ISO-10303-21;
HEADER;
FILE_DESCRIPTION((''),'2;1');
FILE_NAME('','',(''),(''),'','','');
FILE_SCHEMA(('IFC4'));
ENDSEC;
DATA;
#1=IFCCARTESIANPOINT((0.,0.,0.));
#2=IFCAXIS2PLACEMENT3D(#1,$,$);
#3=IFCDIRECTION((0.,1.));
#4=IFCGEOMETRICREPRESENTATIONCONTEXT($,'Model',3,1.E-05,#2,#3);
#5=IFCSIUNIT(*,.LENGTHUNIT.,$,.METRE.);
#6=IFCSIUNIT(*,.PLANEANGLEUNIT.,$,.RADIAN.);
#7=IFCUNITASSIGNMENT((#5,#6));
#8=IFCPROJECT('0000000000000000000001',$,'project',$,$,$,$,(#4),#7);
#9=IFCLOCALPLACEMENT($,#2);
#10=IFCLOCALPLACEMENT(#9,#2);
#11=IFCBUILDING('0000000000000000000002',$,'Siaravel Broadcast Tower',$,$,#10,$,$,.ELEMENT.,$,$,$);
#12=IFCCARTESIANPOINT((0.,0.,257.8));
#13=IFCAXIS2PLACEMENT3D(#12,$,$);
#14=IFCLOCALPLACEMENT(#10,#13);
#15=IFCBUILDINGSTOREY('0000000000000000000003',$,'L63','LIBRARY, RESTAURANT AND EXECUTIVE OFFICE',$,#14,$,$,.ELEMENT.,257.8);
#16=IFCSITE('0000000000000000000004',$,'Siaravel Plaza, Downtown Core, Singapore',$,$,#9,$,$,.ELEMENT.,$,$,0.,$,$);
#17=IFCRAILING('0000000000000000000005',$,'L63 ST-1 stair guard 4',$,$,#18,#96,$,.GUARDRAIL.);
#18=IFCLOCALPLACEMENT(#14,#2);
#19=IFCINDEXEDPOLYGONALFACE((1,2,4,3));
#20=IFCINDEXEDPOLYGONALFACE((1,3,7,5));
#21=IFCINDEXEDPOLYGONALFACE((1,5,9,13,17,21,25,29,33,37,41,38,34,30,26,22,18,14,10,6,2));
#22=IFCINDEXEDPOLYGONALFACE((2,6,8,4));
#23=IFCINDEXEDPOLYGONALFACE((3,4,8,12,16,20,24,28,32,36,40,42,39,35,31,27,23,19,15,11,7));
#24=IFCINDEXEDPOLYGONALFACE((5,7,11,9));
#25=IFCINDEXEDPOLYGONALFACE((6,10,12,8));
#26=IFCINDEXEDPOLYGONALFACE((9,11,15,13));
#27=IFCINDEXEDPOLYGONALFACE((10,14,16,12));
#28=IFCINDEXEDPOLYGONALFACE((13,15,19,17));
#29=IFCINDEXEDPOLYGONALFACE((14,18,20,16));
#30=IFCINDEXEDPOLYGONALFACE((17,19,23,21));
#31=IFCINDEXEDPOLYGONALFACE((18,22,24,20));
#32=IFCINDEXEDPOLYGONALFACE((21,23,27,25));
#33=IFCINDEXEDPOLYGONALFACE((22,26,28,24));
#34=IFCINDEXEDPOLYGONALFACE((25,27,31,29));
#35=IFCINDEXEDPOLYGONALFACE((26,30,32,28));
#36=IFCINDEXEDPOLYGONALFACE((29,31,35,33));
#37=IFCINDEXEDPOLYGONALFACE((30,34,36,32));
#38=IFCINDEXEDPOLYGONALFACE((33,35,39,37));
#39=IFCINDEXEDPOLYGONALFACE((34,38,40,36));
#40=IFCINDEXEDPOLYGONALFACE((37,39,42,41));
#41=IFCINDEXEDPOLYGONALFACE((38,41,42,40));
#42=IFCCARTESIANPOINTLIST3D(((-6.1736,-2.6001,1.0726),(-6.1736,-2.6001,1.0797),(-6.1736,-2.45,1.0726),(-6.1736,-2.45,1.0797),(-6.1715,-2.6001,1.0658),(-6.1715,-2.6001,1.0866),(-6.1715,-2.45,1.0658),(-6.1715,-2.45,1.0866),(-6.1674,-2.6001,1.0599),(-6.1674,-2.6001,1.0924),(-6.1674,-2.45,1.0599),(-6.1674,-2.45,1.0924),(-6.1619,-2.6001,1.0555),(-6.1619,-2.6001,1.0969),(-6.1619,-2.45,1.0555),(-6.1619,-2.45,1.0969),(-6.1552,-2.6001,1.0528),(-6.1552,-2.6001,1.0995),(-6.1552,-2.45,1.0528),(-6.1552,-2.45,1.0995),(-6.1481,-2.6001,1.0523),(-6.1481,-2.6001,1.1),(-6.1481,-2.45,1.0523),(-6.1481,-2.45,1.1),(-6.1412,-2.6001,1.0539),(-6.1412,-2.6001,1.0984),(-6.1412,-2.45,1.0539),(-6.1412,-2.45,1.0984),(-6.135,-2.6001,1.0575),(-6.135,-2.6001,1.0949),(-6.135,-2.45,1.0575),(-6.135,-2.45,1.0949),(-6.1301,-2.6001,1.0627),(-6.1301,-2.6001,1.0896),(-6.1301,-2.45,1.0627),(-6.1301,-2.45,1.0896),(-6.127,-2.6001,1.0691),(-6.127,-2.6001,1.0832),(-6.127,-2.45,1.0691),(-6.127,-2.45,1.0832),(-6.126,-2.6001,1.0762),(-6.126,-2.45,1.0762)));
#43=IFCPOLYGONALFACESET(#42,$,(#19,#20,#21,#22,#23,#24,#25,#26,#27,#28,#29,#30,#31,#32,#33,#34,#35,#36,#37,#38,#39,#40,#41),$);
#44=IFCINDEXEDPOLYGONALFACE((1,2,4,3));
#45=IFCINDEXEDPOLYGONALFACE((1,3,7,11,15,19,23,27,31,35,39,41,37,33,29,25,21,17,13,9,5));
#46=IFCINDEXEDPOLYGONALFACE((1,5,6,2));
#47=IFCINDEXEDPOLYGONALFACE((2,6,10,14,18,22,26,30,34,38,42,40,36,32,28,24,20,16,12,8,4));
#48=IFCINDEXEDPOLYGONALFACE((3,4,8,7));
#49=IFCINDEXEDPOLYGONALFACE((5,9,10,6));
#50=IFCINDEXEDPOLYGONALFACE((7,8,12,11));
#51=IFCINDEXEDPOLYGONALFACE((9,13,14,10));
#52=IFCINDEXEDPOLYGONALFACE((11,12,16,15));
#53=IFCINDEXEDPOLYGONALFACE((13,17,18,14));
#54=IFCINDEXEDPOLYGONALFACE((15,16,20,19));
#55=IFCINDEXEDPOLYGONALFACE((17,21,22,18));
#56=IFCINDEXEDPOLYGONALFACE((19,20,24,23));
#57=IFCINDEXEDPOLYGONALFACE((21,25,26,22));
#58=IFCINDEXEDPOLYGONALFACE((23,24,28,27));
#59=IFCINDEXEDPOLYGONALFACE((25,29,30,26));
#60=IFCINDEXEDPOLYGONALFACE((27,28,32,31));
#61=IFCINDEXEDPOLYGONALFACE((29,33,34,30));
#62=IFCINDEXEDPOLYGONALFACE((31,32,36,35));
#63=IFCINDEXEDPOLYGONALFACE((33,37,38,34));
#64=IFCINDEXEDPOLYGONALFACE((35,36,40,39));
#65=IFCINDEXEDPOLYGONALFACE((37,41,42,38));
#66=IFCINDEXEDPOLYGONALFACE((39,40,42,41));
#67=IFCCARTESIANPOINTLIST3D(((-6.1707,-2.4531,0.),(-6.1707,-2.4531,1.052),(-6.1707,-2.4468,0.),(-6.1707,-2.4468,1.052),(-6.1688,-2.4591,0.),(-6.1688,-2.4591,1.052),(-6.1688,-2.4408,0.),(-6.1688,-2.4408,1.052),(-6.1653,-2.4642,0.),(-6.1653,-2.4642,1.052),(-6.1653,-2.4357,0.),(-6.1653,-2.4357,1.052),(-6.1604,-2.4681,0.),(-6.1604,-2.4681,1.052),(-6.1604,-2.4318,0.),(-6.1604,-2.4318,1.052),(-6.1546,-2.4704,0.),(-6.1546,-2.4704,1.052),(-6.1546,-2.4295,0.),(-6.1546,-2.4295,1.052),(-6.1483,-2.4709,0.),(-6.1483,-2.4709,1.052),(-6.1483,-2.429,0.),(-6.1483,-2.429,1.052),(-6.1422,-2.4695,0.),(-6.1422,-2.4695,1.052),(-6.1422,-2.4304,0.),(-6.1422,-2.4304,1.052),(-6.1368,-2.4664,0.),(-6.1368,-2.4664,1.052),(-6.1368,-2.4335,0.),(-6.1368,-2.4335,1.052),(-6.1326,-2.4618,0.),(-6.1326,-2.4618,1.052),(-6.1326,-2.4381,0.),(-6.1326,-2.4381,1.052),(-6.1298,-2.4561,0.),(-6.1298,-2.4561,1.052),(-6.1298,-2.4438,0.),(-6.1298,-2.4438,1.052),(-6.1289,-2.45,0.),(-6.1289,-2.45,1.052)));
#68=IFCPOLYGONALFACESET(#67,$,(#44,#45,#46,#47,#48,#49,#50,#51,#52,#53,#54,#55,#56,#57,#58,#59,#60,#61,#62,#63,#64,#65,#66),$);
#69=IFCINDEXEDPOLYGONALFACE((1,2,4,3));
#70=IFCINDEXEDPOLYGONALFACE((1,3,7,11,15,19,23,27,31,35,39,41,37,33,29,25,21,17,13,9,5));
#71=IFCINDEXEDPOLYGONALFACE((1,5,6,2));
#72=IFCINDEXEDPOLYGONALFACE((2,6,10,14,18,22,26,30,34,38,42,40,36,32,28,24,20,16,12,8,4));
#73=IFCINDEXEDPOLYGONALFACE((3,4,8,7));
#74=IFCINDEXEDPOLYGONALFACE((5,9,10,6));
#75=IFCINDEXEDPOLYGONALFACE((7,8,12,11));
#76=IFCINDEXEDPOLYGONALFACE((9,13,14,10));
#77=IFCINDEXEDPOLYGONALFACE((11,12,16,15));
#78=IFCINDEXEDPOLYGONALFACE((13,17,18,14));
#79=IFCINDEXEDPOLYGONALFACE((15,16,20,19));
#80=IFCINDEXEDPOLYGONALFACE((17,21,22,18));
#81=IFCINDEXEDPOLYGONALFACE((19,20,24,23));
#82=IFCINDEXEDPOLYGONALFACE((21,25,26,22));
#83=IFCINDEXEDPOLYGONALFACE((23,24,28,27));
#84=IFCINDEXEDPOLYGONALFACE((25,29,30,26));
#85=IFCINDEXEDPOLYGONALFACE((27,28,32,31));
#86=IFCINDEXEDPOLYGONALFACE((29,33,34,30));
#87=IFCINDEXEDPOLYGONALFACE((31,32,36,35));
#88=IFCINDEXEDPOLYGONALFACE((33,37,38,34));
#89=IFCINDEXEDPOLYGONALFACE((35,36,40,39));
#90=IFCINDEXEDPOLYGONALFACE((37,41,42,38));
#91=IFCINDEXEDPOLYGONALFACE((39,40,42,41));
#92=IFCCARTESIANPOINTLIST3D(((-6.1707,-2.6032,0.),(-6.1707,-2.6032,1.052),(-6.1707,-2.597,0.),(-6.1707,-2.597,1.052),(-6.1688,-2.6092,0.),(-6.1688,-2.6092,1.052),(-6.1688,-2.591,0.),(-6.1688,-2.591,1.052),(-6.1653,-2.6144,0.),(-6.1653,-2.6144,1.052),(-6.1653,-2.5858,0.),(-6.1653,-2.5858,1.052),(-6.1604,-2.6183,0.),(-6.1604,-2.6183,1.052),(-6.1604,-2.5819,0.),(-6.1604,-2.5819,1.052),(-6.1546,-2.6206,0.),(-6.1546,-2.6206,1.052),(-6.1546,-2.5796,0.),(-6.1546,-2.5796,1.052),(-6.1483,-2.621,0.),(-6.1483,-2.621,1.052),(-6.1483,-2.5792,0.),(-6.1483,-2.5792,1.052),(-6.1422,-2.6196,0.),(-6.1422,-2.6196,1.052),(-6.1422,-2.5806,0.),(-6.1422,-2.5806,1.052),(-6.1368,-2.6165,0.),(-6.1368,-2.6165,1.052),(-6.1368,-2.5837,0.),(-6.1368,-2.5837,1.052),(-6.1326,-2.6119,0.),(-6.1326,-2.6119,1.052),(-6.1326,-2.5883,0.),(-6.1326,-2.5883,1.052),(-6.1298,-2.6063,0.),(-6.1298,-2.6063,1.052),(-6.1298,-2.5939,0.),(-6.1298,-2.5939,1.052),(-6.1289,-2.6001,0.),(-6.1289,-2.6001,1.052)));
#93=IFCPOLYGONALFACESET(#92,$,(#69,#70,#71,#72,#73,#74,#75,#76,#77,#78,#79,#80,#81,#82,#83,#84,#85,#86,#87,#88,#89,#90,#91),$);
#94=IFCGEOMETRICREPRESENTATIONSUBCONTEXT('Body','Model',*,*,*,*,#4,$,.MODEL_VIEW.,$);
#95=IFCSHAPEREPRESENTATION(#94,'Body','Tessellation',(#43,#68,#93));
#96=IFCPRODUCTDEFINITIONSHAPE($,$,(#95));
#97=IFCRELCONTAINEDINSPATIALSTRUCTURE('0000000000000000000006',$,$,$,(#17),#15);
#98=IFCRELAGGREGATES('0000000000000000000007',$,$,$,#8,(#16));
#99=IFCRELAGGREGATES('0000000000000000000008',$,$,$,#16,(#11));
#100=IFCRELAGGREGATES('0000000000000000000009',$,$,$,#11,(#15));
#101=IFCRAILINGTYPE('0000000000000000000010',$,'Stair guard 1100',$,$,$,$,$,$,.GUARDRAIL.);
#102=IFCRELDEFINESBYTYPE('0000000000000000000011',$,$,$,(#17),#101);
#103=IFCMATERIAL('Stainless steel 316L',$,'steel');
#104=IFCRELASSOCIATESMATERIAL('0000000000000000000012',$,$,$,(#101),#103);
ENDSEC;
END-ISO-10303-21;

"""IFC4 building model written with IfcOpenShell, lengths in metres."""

from ifc_helpers import new_model, si_unit, direction, frame, origin, origin_2d, place, context, subcontext, project, spatial, circle, extrude, material, type_object, element, save


model = new_model("IFC4")

# Units and contexts
model_context = context("Model", 3, precision=1e-05, world=origin(), true_north=direction((0.0, 1.0)))
body_context = subcontext(model_context, "Body", "Model", "MODEL_VIEW")
ifc_project = project(units=[si_unit("LENGTHUNIT", "METRE"), si_unit("PLANEANGLEUNIT", "RADIAN")], contexts=[model_context])

# Site, building, storey
site_placement = place(None, origin())
site = spatial("IfcSite", under=ifc_project, at=site_placement, Name="Siaravel Plaza, Downtown Core, Singapore", CompositionType="ELEMENT", RefElevation=0.0)
building_placement = place(site_placement, origin())
building = spatial("IfcBuilding", under=site, at=building_placement, Name="Siaravel Broadcast Tower", CompositionType="ELEMENT")
storey_placement = place(building_placement, frame((0.0, 0.0, 257.8)))
storey = spatial("IfcBuildingStorey", under=building, at=storey_placement, Name="L63", Description="LIBRARY, RESTAURANT AND EXECUTIVE OFFICE", CompositionType="ELEMENT", Elevation=257.8)

# Shared definitions
ifc_material_1 = material(Name="Stainless steel 316L", Category="steel")

# Railing
railing_type_1 = type_object("IfcRailingType", Name="Stair guard 1100", PredefinedType="GUARDRAIL", material=ifc_material_1)
railing_1_placement = place(storey_placement, frame((-6.1499, -2.45, 0.0)))
element("IfcRailing", 1, at=railing_1_placement, inside=storey, type_object=railing_type_1, Name="L63 ST-1 stair guard 4", PredefinedType="GUARDRAIL", context=body_context, shape_type="SweptSolid", body=[
    extrude(circle(Radius=0.0239, at=origin_2d()), frame((0.0, 0.0, 1.0762), z_axis=(0.0, -1.0, 0.0), x_axis=(1.0, 0.0, 0.0)), (0.0, 0.0, 1.0), 0.1501),
    extrude(circle(Radius=0.021, at=origin_2d()), origin(), (0.0, 0.0, 1.0), 1.052),
    extrude(circle(Radius=0.021, at=origin_2d()), frame((0.0, -0.1501, 0.0)), (0.0, 0.0, 1.0), 1.052),
])

save(model, "model.ifc")
